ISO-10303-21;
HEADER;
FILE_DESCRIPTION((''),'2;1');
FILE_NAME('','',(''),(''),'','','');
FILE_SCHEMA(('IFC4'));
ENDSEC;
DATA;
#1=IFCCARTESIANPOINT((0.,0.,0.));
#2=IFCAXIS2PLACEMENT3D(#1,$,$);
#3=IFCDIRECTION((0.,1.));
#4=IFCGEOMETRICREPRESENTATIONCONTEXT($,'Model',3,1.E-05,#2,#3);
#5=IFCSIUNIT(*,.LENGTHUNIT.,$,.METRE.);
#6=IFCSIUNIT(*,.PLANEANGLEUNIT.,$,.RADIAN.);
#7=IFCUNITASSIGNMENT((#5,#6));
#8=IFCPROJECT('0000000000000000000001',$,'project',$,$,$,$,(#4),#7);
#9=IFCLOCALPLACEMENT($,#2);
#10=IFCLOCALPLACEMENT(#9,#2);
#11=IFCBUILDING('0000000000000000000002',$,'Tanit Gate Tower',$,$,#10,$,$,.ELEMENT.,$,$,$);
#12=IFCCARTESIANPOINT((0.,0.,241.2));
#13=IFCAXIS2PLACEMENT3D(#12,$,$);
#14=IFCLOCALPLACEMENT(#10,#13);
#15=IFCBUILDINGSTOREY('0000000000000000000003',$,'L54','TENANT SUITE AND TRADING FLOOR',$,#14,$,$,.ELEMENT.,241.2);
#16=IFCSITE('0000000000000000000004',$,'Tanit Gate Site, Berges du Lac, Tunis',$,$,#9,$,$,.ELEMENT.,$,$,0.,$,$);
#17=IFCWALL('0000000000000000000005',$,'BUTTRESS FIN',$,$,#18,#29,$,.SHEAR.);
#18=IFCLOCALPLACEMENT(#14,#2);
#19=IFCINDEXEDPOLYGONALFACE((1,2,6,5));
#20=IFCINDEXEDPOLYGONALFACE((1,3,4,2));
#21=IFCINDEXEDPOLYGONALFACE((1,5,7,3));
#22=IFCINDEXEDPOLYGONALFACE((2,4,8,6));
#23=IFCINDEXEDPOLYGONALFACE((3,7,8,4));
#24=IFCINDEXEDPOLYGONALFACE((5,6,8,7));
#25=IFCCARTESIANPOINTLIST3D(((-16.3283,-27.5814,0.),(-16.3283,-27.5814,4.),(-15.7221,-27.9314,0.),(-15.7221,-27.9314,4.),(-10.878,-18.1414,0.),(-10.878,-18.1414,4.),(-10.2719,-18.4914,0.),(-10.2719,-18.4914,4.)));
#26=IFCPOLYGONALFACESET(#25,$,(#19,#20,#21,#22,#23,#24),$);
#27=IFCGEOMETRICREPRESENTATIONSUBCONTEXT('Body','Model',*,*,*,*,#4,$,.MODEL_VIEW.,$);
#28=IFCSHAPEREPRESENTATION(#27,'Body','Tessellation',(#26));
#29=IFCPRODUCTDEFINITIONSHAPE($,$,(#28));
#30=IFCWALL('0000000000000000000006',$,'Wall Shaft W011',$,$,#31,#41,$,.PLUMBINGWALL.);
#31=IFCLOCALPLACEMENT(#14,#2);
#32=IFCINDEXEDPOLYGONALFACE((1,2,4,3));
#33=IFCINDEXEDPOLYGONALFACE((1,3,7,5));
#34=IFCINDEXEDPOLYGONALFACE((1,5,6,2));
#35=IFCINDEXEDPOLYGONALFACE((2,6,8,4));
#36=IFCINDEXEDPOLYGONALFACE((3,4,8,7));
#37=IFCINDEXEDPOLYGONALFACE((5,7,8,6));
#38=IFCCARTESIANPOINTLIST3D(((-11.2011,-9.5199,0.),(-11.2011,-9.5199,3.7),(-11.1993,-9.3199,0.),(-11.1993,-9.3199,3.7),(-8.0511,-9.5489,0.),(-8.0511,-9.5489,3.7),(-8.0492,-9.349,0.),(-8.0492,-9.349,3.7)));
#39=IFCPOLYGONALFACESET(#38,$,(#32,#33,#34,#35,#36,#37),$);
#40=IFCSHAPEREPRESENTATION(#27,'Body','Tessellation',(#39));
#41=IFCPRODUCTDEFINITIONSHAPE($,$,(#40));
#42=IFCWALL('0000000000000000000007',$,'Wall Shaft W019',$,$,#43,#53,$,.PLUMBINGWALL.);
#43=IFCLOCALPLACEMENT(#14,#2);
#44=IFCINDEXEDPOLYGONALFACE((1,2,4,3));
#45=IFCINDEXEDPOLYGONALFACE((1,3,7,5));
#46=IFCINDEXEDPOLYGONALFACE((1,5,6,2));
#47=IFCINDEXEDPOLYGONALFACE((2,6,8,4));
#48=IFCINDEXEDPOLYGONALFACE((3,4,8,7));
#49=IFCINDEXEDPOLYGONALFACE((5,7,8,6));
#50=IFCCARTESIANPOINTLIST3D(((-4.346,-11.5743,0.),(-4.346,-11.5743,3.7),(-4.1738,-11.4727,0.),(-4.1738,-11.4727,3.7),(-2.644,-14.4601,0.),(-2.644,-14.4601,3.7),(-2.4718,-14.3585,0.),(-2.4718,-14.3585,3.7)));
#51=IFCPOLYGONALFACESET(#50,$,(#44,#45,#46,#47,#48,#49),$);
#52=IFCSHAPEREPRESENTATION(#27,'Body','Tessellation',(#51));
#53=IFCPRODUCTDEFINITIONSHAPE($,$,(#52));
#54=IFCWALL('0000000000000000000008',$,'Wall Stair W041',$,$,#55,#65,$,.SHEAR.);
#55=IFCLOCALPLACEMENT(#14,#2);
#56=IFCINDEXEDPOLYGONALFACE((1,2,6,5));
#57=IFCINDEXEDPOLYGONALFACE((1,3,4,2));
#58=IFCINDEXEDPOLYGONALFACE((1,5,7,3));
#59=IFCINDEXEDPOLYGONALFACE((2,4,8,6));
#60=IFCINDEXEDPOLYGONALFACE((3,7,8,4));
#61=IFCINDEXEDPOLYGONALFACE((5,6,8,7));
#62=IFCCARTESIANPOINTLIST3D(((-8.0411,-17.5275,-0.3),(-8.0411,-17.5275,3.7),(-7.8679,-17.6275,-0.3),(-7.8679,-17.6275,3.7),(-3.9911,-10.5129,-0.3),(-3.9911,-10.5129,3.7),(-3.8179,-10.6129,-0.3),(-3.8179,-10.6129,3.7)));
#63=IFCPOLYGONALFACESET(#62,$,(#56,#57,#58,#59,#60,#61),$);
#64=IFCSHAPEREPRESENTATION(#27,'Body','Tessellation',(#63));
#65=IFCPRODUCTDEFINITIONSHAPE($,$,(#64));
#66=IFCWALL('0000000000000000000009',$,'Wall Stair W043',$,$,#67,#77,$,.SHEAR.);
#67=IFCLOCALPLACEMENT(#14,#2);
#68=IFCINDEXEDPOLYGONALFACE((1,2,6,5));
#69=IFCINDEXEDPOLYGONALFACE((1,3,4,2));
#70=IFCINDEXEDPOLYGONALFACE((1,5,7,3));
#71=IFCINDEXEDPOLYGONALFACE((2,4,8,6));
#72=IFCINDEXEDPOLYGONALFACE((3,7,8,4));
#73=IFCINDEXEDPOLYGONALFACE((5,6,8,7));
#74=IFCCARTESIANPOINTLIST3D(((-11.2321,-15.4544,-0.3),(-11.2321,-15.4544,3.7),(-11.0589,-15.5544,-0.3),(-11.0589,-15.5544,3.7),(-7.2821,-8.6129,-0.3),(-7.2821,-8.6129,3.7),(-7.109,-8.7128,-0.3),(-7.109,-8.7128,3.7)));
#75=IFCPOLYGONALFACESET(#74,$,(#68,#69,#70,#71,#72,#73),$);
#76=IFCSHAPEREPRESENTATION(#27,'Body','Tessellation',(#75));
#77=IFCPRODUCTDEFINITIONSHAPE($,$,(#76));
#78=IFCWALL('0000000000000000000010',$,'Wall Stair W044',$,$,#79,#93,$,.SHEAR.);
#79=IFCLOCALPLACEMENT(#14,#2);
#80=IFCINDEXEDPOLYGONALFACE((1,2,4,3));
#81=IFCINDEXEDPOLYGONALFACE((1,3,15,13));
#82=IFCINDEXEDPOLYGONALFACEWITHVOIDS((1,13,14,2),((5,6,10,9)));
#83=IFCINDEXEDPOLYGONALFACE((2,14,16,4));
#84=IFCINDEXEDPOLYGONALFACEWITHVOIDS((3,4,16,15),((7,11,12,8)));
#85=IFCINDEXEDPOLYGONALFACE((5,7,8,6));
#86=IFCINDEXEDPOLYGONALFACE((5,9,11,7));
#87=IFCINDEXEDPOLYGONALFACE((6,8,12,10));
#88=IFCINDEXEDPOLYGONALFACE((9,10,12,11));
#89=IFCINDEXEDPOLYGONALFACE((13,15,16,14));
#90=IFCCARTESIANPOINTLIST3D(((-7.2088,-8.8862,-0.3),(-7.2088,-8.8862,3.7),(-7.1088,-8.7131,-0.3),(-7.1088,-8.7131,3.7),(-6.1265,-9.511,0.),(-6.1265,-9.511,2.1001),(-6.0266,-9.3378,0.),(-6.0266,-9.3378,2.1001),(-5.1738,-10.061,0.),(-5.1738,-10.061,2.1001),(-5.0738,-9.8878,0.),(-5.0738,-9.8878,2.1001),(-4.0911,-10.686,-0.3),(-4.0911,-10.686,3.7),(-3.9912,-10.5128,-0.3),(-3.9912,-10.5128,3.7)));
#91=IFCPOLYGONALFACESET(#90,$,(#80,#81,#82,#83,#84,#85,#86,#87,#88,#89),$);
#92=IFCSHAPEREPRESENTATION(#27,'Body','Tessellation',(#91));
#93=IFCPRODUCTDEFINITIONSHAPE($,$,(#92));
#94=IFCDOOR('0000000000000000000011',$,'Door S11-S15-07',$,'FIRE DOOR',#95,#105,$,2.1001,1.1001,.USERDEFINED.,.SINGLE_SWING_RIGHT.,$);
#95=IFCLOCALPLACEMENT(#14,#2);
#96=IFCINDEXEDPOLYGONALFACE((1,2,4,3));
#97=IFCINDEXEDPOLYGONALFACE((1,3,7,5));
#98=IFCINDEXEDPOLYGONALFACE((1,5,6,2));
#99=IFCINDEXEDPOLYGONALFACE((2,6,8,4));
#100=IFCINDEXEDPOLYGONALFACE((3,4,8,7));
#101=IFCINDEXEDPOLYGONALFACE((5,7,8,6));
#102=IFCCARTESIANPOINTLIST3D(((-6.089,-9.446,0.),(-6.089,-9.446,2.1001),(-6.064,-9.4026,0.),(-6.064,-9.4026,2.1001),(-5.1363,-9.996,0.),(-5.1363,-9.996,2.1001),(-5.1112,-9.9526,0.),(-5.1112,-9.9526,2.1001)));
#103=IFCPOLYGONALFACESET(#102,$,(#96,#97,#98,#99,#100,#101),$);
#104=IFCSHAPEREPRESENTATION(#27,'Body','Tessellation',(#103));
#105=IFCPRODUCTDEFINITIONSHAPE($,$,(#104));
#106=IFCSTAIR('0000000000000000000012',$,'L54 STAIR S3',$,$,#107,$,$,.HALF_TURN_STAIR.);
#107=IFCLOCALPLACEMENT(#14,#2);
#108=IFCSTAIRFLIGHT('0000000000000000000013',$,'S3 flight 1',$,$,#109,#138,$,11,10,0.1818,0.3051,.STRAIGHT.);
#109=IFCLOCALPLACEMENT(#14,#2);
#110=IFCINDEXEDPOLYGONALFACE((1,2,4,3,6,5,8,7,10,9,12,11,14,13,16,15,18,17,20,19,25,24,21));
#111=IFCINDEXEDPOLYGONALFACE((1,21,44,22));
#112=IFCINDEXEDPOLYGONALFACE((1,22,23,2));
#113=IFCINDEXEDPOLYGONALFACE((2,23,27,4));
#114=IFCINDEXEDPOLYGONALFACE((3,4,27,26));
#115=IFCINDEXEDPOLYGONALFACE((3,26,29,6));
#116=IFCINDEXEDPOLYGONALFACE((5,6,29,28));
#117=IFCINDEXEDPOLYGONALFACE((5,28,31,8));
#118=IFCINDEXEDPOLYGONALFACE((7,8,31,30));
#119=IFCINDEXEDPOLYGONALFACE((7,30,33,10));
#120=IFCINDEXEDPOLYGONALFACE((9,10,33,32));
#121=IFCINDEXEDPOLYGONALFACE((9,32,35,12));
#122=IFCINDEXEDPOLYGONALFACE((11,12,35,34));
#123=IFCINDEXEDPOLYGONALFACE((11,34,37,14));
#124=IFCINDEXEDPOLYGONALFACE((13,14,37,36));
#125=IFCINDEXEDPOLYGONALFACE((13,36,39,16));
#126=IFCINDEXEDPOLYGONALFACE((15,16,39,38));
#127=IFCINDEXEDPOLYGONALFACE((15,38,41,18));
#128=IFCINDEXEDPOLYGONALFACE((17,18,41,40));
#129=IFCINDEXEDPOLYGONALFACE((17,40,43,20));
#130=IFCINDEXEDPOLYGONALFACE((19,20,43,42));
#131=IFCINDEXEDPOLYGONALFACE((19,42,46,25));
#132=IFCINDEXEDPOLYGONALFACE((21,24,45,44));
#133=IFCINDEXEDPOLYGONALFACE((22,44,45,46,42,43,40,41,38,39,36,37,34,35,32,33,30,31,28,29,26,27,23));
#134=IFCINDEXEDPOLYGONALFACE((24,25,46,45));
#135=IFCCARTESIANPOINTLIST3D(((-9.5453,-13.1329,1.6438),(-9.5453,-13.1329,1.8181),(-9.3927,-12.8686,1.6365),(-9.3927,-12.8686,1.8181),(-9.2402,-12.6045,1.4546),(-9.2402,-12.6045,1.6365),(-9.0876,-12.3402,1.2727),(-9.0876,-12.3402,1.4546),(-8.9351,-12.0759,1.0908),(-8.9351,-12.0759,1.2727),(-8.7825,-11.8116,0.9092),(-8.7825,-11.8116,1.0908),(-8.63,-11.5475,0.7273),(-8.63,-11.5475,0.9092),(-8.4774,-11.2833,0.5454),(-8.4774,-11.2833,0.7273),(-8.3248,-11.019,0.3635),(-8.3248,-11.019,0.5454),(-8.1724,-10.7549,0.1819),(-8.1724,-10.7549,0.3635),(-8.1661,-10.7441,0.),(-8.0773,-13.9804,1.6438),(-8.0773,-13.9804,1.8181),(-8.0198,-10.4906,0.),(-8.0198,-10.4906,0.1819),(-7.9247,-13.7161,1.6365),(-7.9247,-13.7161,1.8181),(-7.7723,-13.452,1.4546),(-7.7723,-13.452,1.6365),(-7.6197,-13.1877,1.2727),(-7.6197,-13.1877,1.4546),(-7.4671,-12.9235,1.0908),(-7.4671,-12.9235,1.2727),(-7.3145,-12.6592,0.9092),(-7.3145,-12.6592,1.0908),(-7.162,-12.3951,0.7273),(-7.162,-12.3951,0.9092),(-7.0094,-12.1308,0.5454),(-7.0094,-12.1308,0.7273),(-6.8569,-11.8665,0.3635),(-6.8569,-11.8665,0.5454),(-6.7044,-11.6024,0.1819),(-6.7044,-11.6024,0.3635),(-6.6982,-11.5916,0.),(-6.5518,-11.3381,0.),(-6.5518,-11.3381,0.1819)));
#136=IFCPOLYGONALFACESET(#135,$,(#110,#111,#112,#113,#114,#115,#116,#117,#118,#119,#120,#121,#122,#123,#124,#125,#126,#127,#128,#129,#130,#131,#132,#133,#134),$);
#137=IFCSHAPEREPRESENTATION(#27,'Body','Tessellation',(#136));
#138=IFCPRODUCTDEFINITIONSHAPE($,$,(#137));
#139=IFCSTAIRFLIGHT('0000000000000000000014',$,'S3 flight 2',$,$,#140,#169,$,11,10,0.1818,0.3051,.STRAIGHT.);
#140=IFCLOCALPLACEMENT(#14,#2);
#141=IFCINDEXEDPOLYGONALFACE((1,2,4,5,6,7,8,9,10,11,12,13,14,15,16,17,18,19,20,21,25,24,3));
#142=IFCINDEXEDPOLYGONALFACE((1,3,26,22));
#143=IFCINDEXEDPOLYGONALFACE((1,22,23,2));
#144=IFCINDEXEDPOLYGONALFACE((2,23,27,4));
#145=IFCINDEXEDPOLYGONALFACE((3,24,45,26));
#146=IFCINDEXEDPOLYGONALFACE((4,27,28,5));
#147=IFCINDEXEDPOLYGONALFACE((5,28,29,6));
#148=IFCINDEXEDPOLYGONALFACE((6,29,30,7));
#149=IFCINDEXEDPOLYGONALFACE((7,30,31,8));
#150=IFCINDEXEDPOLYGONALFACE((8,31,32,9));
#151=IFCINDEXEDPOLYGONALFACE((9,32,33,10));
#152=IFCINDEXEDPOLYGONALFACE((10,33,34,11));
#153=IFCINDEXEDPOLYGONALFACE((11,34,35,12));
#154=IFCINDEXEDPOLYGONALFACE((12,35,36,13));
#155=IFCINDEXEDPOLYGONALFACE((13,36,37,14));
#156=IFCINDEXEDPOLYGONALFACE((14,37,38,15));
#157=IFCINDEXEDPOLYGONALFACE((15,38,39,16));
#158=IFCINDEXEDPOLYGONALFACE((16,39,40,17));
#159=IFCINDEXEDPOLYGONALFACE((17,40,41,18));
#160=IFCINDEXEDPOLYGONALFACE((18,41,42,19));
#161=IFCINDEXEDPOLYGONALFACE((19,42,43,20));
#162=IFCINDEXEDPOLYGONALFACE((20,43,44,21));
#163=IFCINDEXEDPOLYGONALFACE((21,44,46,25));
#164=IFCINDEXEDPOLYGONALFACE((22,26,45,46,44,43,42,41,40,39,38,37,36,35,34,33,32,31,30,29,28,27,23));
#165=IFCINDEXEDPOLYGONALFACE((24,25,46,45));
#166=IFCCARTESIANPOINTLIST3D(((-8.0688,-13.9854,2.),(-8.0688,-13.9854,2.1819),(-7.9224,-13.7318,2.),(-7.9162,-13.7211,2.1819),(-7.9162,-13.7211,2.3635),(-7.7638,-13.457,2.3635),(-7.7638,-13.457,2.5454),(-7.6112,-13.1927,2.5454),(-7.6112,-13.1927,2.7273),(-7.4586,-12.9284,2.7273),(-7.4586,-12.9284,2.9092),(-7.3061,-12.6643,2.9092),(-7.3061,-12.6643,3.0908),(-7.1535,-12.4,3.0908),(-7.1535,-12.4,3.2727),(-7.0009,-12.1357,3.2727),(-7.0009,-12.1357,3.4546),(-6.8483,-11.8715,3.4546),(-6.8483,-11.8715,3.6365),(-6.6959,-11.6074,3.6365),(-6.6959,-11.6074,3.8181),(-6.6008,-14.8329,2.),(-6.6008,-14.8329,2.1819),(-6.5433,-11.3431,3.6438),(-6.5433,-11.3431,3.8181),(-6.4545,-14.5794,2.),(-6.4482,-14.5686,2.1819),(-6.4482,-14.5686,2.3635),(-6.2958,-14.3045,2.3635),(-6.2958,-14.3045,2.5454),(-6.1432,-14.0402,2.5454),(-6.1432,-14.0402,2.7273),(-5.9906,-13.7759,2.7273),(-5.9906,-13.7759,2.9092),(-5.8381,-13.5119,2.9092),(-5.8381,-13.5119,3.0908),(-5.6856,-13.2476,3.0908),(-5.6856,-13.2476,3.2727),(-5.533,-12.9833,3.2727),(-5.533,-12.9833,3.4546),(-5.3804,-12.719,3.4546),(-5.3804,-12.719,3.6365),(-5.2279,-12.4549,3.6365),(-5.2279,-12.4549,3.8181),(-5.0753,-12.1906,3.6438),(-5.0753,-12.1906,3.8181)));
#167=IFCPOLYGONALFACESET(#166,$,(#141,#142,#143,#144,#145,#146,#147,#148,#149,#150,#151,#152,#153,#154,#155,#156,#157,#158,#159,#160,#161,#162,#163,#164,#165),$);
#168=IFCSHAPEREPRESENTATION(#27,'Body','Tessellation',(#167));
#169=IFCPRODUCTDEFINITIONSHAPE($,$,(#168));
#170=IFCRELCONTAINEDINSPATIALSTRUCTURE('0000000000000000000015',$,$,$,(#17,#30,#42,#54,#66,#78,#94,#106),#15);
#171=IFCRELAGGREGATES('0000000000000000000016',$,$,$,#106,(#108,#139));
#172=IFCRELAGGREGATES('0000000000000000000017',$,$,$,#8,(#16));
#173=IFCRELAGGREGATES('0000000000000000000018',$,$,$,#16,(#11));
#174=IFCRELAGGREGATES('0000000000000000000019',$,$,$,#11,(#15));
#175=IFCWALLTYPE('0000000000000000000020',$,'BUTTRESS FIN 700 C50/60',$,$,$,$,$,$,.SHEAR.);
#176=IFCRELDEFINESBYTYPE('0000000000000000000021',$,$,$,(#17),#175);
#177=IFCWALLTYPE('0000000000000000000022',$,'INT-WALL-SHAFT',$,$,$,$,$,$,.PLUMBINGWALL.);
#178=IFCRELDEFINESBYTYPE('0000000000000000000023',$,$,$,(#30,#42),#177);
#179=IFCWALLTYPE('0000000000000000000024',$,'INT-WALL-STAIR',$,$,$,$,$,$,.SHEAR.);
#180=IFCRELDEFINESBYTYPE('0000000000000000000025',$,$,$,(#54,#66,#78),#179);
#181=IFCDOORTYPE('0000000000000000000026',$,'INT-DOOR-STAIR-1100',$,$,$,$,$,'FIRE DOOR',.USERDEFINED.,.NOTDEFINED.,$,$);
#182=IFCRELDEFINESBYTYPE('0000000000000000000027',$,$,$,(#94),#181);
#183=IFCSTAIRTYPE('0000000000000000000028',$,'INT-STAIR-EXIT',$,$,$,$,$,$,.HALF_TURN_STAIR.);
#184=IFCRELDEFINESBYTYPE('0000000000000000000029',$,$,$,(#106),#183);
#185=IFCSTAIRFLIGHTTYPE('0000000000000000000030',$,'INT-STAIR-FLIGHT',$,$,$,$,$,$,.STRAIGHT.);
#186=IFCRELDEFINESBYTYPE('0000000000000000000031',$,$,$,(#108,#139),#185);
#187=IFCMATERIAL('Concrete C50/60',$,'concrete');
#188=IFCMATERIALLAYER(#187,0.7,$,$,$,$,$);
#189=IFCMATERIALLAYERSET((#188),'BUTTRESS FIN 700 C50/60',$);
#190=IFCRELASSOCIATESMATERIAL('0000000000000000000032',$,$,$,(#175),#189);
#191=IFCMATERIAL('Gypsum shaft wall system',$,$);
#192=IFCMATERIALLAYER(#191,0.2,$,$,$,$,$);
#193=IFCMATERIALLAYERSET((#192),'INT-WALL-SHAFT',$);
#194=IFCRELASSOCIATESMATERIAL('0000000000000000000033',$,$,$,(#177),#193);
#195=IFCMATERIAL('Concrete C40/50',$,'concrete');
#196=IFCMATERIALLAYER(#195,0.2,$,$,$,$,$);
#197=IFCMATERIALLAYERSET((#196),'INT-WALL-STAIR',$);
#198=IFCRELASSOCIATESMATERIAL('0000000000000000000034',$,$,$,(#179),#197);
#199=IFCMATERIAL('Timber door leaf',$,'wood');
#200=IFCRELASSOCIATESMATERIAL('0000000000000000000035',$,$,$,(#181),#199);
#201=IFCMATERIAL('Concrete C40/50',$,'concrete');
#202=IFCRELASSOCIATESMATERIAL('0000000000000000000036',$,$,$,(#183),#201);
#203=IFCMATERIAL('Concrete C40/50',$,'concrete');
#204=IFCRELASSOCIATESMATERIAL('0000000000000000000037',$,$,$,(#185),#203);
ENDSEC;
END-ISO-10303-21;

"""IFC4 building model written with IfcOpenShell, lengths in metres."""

from ifc_helpers import new_model, si_unit, direction, frame, frame_2d, origin, place, context, subcontext, project, spatial, polyline, rectangle, outline, extrude, material, layer, layer_set, type_object, element, fill, aggregate, save


model = new_model("IFC4")

# Units and contexts
model_context = context("Model", 3, precision=1e-05, world=origin(), true_north=direction((0.0, 1.0)))
body_context = subcontext(model_context, "Body", "Model", "MODEL_VIEW")
ifc_project = project(units=[si_unit("LENGTHUNIT", "METRE"), si_unit("PLANEANGLEUNIT", "RADIAN")], contexts=[model_context])

# Site, building, storey
site_placement = place(None, origin())
site = spatial("IfcSite", under=ifc_project, at=site_placement, Name="Tanit Gate Site, Berges du Lac, Tunis", CompositionType="ELEMENT", RefElevation=0.0)
building_placement = place(site_placement, origin())
building = spatial("IfcBuilding", under=site, at=building_placement, Name="Tanit Gate Tower", CompositionType="ELEMENT")
storey_placement = place(building_placement, frame((0.0, 0.0, 241.2)))
storey = spatial("IfcBuildingStorey", under=building, at=storey_placement, Name="L54", Description="TENANT SUITE AND TRADING FLOOR", CompositionType="ELEMENT", Elevation=241.2)

# Wall
ifc_material_1 = material(Name="Concrete C50/60", Category="concrete")
ifc_layer_1 = layer(ifc_material_1, 0.7)
ifc_layer_set_1 = layer_set([ifc_layer_1], Name="BUTTRESS FIN 700 C50/60")
wall_type_1 = type_object("IfcWallType", Name="BUTTRESS FIN 700 C50/60", PredefinedType="SHEAR", material=ifc_layer_set_1)
wall_1_placement = place(storey_placement, frame((-10.575, -18.3164, 0.0), z_axis=(0.0, 0.0, 1.0), x_axis=(-0.500003, -0.866024, 0.0)))
element("IfcWall", 1, at=wall_1_placement, inside=storey, type_object=wall_type_1, Name="BUTTRESS FIN", PredefinedType="SHEAR", context=body_context, shape_type="SweptSolid", body=[
    extrude(rectangle(XDim=10.9004, YDim=0.7, at=frame_2d((5.4502, 0.0))), origin(), (0.0, 0.0, 1.0), 4.0),
])

# Walls
ifc_material_2 = material(Name="Gypsum shaft wall system")
ifc_layer_2 = layer(ifc_material_2, 0.2)
ifc_layer_set_2 = layer_set([ifc_layer_2], Name="INT-WALL-SHAFT")
wall_type_2 = type_object("IfcWallType", Name="INT-WALL-SHAFT", PredefinedType="PLUMBINGWALL", material=ifc_layer_set_2)
wall_2_placement = place(storey_placement, frame((-8.05, -9.449, 0.0), z_axis=(0.0, 0.0, 1.0), x_axis=(-0.999957, 0.009223, 0.0)))
element("IfcWall", 2, at=wall_2_placement, inside=storey, type_object=wall_type_2, Name="Wall Shaft W011", PredefinedType="PLUMBINGWALL", context=body_context, shape_type="SweptSolid", body=[
    extrude(rectangle(XDim=3.1501, YDim=0.2, at=frame_2d((1.5752, 0.0))), origin(), (0.0, 0.0, 1.0), 3.7),
])
wall_3_placement = place(storey_placement, frame((-2.5579, -14.4094, 0.0), z_axis=(0.0, 0.0, 1.0), x_axis=(-0.507997, 0.861359, 0.0)))
element("IfcWall", 3, at=wall_3_placement, inside=storey, type_object=wall_type_2, Name="Wall Shaft W019", PredefinedType="PLUMBINGWALL", context=body_context, shape_type="SweptSolid", body=[
    extrude(rectangle(XDim=3.3503, YDim=0.2, at=frame_2d((1.6753, 0.0))), origin(), (0.0, 0.0, 1.0), 3.7),
])
ifc_material_3 = material(Name="Concrete C40/50", Category="concrete")
ifc_layer_3 = layer(ifc_material_3, 0.2)
ifc_layer_set_3 = layer_set([ifc_layer_3], Name="INT-WALL-STAIR")
wall_type_3 = type_object("IfcWallType", Name="INT-WALL-STAIR", PredefinedType="SHEAR", material=ifc_layer_set_3)
wall_4_placement = place(storey_placement, frame((-3.9045, -10.563, -0.3), z_axis=(0.0, 0.0, 1.0), x_axis=(-0.500013, -0.866018, 0.0)))
element("IfcWall", 4, at=wall_4_placement, inside=storey, type_object=wall_type_3, Name="Wall Stair W041", PredefinedType="SHEAR", context=body_context, shape_type="SweptSolid", body=[
    extrude(rectangle(XDim=8.0999, YDim=0.2, at=frame_2d((4.0498, 0.0))), origin(), (0.0, 0.0, 1.0), 4.0),
])
wall_5_placement = place(storey_placement, frame((-7.1956, -8.6628, -0.3), z_axis=(0.0, 0.0, 1.0), x_axis=(-0.499998, -0.866027, 0.0)))
element("IfcWall", 5, at=wall_5_placement, inside=storey, type_object=wall_type_3, Name="Wall Stair W043", PredefinedType="SHEAR", context=body_context, shape_type="SweptSolid", body=[
    extrude(rectangle(XDim=7.8999, YDim=0.2, at=frame_2d((3.95, 0.0))), origin(), (0.0, 0.0, 1.0), 4.0),
])

# Wall, opening, door
wall_6_placement = place(storey_placement, frame((-4.0413, -10.5994, -0.3), z_axis=(0.0, 0.0, 1.0), x_axis=(-0.866048, 0.499961, 0.0)))
wall_6 = element("IfcWall", 6, at=wall_6_placement, inside=storey, type_object=wall_type_3, Name="Wall Stair W044", PredefinedType="SHEAR", context=body_context, shape_type="SweptSolid", body=[
    extrude(rectangle(XDim=3.5999, YDim=0.2, at=frame_2d((1.7998, 0.0))), origin(), (0.0, 0.0, 1.0), 4.0),
])
opening_1_placement = place(wall_6_placement, frame((1.25, 0.0, 0.3)))
opening_1 = element("IfcOpeningElement", 7, at=opening_1_placement, cuts=wall_6, PredefinedType="OPENING", context=body_context, shape_type="SweptSolid", body=[
    extrude(rectangle(XDim=1.1001, YDim=2.1001, at=frame_2d((0.55, 1.05))), frame((0.0, 0.1099, 0.0), z_axis=(0.0, -1.0, 0.0), x_axis=(1.0, 0.0, 0.0)), (0.0, 0.0, 1.0), 0.22),
])
ifc_material_4 = material(Name="Timber door leaf", Category="wood")
door_type_1 = type_object("IfcDoorType", Name="INT-DOOR-STAIR-1100", ElementType="FIRE DOOR", OperationType="NOTDEFINED", PredefinedType="USERDEFINED", material=ifc_material_4)
door_1_placement = place(opening_1_placement, origin())
door_1 = element("IfcDoor", 8, at=door_1_placement, inside=storey, type_object=door_type_1, Name="Door S11-S15-07", ObjectType="FIRE DOOR", OperationType="SINGLE_SWING_RIGHT", OverallHeight=2.1001, OverallWidth=1.1001, PredefinedType="USERDEFINED", context=body_context, shape_type="SweptSolid", body=[
    extrude(rectangle(XDim=1.1001, YDim=2.1001, at=frame_2d((0.55, 1.05))), frame((0.0, 0.0249, 0.0), z_axis=(0.0, -1.0, 0.0), x_axis=(1.0, 0.0, 0.0)), (0.0, 0.0, 1.0), 0.05),
])
fill(opening_1, door_1)

# Stair, stair flights
ifc_material_5 = material(Name="Concrete C40/50", Category="concrete")
stair_type = type_object("IfcStairType", Name="INT-STAIR-EXIT", PredefinedType="HALF_TURN_STAIR", material=ifc_material_5)
stair_placement = place(storey_placement, origin())
stair = element("IfcStair", 9, at=stair_placement, inside=storey, type_object=stair_type, Name="L54 STAIR S3", PredefinedType="HALF_TURN_STAIR")
ifc_material_6 = material(Name="Concrete C40/50", Category="concrete")
stair_flight_type = type_object("IfcStairFlightType", Name="INT-STAIR-FLIGHT", PredefinedType="STRAIGHT", material=ifc_material_6)
stair_flight_1_placement = place(storey_placement, frame((-7.2859, -10.9143, 0.0), z_axis=(0.0, 0.0, 1.0), x_axis=(-0.5, -0.866025, 0.0)))
stair_flight_1 = element("IfcStairFlight", 10, at=stair_flight_1_placement, type_object=stair_flight_type, Name="S3 flight 1", NumberOfRisers=11, NumberOfTreads=10, PredefinedType="STRAIGHT", RiserHeight=0.1818, TreadLength=0.3051, context=body_context, shape_type="SweptSolid", body=[
    extrude(outline(polyline([(0.0, 0.0), (0.0, 0.1819), (0.3052, 0.1819), (0.3052, 0.3635), (0.6101, 0.3635), (0.6101, 0.5454), (0.9153, 0.5454), (0.9153, 0.7273), (1.2205, 0.7273), (1.2205, 0.9092), (1.5254, 0.9092), (1.5254, 1.0908), (1.8306, 1.0908), (1.8306, 1.2727), (2.1357, 1.2727), (2.1357, 1.4546), (2.4409, 1.4546), (2.4409, 1.6365), (2.7458, 1.6365), (2.7458, 1.8181), (3.051, 1.8181), (3.051, 2.0), (3.051, 1.6438), (0.2927, 0.0), (0.0, 0.0)])), frame((0.0, 0.8477, 0.0), z_axis=(0.0, -1.0, 0.0), x_axis=(1.0, 0.0, 0.0)), (0.0, 0.0, 1.0), 1.6951),
])
stair_flight_2_placement = place(storey_placement, frame((-7.3347, -14.4092, 2.0), z_axis=(0.0, 0.0, 1.0), x_axis=(0.5, 0.866025, 0.0)))
stair_flight_2 = element("IfcStairFlight", 11, at=stair_flight_2_placement, type_object=stair_flight_type, Name="S3 flight 2", NumberOfRisers=11, NumberOfTreads=10, PredefinedType="STRAIGHT", RiserHeight=0.1818, TreadLength=0.3051, context=body_context, shape_type="SweptSolid", body=[
    extrude(outline(polyline([(0.0, 0.0), (0.0, 0.1819), (0.3052, 0.1819), (0.3052, 0.3635), (0.6101, 0.3635), (0.6101, 0.5454), (0.9153, 0.5454), (0.9153, 0.7273), (1.2205, 0.7273), (1.2205, 0.9092), (1.5254, 0.9092), (1.5254, 1.0908), (1.8306, 1.0908), (1.8306, 1.2727), (2.1357, 1.2727), (2.1357, 1.4546), (2.4409, 1.4546), (2.4409, 1.6365), (2.7458, 1.6365), (2.7458, 1.8181), (3.051, 1.8181), (3.051, 2.0), (3.051, 1.6438), (0.2927, 0.0), (0.0, 0.0)])), frame((0.0, 0.8477, 0.0), z_axis=(0.0, -1.0, 0.0), x_axis=(1.0, 0.0, 0.0)), (0.0, 0.0, 1.0), 1.6951),
])
aggregate(stair, [stair_flight_1, stair_flight_2])

save(model, "model.ifc")
